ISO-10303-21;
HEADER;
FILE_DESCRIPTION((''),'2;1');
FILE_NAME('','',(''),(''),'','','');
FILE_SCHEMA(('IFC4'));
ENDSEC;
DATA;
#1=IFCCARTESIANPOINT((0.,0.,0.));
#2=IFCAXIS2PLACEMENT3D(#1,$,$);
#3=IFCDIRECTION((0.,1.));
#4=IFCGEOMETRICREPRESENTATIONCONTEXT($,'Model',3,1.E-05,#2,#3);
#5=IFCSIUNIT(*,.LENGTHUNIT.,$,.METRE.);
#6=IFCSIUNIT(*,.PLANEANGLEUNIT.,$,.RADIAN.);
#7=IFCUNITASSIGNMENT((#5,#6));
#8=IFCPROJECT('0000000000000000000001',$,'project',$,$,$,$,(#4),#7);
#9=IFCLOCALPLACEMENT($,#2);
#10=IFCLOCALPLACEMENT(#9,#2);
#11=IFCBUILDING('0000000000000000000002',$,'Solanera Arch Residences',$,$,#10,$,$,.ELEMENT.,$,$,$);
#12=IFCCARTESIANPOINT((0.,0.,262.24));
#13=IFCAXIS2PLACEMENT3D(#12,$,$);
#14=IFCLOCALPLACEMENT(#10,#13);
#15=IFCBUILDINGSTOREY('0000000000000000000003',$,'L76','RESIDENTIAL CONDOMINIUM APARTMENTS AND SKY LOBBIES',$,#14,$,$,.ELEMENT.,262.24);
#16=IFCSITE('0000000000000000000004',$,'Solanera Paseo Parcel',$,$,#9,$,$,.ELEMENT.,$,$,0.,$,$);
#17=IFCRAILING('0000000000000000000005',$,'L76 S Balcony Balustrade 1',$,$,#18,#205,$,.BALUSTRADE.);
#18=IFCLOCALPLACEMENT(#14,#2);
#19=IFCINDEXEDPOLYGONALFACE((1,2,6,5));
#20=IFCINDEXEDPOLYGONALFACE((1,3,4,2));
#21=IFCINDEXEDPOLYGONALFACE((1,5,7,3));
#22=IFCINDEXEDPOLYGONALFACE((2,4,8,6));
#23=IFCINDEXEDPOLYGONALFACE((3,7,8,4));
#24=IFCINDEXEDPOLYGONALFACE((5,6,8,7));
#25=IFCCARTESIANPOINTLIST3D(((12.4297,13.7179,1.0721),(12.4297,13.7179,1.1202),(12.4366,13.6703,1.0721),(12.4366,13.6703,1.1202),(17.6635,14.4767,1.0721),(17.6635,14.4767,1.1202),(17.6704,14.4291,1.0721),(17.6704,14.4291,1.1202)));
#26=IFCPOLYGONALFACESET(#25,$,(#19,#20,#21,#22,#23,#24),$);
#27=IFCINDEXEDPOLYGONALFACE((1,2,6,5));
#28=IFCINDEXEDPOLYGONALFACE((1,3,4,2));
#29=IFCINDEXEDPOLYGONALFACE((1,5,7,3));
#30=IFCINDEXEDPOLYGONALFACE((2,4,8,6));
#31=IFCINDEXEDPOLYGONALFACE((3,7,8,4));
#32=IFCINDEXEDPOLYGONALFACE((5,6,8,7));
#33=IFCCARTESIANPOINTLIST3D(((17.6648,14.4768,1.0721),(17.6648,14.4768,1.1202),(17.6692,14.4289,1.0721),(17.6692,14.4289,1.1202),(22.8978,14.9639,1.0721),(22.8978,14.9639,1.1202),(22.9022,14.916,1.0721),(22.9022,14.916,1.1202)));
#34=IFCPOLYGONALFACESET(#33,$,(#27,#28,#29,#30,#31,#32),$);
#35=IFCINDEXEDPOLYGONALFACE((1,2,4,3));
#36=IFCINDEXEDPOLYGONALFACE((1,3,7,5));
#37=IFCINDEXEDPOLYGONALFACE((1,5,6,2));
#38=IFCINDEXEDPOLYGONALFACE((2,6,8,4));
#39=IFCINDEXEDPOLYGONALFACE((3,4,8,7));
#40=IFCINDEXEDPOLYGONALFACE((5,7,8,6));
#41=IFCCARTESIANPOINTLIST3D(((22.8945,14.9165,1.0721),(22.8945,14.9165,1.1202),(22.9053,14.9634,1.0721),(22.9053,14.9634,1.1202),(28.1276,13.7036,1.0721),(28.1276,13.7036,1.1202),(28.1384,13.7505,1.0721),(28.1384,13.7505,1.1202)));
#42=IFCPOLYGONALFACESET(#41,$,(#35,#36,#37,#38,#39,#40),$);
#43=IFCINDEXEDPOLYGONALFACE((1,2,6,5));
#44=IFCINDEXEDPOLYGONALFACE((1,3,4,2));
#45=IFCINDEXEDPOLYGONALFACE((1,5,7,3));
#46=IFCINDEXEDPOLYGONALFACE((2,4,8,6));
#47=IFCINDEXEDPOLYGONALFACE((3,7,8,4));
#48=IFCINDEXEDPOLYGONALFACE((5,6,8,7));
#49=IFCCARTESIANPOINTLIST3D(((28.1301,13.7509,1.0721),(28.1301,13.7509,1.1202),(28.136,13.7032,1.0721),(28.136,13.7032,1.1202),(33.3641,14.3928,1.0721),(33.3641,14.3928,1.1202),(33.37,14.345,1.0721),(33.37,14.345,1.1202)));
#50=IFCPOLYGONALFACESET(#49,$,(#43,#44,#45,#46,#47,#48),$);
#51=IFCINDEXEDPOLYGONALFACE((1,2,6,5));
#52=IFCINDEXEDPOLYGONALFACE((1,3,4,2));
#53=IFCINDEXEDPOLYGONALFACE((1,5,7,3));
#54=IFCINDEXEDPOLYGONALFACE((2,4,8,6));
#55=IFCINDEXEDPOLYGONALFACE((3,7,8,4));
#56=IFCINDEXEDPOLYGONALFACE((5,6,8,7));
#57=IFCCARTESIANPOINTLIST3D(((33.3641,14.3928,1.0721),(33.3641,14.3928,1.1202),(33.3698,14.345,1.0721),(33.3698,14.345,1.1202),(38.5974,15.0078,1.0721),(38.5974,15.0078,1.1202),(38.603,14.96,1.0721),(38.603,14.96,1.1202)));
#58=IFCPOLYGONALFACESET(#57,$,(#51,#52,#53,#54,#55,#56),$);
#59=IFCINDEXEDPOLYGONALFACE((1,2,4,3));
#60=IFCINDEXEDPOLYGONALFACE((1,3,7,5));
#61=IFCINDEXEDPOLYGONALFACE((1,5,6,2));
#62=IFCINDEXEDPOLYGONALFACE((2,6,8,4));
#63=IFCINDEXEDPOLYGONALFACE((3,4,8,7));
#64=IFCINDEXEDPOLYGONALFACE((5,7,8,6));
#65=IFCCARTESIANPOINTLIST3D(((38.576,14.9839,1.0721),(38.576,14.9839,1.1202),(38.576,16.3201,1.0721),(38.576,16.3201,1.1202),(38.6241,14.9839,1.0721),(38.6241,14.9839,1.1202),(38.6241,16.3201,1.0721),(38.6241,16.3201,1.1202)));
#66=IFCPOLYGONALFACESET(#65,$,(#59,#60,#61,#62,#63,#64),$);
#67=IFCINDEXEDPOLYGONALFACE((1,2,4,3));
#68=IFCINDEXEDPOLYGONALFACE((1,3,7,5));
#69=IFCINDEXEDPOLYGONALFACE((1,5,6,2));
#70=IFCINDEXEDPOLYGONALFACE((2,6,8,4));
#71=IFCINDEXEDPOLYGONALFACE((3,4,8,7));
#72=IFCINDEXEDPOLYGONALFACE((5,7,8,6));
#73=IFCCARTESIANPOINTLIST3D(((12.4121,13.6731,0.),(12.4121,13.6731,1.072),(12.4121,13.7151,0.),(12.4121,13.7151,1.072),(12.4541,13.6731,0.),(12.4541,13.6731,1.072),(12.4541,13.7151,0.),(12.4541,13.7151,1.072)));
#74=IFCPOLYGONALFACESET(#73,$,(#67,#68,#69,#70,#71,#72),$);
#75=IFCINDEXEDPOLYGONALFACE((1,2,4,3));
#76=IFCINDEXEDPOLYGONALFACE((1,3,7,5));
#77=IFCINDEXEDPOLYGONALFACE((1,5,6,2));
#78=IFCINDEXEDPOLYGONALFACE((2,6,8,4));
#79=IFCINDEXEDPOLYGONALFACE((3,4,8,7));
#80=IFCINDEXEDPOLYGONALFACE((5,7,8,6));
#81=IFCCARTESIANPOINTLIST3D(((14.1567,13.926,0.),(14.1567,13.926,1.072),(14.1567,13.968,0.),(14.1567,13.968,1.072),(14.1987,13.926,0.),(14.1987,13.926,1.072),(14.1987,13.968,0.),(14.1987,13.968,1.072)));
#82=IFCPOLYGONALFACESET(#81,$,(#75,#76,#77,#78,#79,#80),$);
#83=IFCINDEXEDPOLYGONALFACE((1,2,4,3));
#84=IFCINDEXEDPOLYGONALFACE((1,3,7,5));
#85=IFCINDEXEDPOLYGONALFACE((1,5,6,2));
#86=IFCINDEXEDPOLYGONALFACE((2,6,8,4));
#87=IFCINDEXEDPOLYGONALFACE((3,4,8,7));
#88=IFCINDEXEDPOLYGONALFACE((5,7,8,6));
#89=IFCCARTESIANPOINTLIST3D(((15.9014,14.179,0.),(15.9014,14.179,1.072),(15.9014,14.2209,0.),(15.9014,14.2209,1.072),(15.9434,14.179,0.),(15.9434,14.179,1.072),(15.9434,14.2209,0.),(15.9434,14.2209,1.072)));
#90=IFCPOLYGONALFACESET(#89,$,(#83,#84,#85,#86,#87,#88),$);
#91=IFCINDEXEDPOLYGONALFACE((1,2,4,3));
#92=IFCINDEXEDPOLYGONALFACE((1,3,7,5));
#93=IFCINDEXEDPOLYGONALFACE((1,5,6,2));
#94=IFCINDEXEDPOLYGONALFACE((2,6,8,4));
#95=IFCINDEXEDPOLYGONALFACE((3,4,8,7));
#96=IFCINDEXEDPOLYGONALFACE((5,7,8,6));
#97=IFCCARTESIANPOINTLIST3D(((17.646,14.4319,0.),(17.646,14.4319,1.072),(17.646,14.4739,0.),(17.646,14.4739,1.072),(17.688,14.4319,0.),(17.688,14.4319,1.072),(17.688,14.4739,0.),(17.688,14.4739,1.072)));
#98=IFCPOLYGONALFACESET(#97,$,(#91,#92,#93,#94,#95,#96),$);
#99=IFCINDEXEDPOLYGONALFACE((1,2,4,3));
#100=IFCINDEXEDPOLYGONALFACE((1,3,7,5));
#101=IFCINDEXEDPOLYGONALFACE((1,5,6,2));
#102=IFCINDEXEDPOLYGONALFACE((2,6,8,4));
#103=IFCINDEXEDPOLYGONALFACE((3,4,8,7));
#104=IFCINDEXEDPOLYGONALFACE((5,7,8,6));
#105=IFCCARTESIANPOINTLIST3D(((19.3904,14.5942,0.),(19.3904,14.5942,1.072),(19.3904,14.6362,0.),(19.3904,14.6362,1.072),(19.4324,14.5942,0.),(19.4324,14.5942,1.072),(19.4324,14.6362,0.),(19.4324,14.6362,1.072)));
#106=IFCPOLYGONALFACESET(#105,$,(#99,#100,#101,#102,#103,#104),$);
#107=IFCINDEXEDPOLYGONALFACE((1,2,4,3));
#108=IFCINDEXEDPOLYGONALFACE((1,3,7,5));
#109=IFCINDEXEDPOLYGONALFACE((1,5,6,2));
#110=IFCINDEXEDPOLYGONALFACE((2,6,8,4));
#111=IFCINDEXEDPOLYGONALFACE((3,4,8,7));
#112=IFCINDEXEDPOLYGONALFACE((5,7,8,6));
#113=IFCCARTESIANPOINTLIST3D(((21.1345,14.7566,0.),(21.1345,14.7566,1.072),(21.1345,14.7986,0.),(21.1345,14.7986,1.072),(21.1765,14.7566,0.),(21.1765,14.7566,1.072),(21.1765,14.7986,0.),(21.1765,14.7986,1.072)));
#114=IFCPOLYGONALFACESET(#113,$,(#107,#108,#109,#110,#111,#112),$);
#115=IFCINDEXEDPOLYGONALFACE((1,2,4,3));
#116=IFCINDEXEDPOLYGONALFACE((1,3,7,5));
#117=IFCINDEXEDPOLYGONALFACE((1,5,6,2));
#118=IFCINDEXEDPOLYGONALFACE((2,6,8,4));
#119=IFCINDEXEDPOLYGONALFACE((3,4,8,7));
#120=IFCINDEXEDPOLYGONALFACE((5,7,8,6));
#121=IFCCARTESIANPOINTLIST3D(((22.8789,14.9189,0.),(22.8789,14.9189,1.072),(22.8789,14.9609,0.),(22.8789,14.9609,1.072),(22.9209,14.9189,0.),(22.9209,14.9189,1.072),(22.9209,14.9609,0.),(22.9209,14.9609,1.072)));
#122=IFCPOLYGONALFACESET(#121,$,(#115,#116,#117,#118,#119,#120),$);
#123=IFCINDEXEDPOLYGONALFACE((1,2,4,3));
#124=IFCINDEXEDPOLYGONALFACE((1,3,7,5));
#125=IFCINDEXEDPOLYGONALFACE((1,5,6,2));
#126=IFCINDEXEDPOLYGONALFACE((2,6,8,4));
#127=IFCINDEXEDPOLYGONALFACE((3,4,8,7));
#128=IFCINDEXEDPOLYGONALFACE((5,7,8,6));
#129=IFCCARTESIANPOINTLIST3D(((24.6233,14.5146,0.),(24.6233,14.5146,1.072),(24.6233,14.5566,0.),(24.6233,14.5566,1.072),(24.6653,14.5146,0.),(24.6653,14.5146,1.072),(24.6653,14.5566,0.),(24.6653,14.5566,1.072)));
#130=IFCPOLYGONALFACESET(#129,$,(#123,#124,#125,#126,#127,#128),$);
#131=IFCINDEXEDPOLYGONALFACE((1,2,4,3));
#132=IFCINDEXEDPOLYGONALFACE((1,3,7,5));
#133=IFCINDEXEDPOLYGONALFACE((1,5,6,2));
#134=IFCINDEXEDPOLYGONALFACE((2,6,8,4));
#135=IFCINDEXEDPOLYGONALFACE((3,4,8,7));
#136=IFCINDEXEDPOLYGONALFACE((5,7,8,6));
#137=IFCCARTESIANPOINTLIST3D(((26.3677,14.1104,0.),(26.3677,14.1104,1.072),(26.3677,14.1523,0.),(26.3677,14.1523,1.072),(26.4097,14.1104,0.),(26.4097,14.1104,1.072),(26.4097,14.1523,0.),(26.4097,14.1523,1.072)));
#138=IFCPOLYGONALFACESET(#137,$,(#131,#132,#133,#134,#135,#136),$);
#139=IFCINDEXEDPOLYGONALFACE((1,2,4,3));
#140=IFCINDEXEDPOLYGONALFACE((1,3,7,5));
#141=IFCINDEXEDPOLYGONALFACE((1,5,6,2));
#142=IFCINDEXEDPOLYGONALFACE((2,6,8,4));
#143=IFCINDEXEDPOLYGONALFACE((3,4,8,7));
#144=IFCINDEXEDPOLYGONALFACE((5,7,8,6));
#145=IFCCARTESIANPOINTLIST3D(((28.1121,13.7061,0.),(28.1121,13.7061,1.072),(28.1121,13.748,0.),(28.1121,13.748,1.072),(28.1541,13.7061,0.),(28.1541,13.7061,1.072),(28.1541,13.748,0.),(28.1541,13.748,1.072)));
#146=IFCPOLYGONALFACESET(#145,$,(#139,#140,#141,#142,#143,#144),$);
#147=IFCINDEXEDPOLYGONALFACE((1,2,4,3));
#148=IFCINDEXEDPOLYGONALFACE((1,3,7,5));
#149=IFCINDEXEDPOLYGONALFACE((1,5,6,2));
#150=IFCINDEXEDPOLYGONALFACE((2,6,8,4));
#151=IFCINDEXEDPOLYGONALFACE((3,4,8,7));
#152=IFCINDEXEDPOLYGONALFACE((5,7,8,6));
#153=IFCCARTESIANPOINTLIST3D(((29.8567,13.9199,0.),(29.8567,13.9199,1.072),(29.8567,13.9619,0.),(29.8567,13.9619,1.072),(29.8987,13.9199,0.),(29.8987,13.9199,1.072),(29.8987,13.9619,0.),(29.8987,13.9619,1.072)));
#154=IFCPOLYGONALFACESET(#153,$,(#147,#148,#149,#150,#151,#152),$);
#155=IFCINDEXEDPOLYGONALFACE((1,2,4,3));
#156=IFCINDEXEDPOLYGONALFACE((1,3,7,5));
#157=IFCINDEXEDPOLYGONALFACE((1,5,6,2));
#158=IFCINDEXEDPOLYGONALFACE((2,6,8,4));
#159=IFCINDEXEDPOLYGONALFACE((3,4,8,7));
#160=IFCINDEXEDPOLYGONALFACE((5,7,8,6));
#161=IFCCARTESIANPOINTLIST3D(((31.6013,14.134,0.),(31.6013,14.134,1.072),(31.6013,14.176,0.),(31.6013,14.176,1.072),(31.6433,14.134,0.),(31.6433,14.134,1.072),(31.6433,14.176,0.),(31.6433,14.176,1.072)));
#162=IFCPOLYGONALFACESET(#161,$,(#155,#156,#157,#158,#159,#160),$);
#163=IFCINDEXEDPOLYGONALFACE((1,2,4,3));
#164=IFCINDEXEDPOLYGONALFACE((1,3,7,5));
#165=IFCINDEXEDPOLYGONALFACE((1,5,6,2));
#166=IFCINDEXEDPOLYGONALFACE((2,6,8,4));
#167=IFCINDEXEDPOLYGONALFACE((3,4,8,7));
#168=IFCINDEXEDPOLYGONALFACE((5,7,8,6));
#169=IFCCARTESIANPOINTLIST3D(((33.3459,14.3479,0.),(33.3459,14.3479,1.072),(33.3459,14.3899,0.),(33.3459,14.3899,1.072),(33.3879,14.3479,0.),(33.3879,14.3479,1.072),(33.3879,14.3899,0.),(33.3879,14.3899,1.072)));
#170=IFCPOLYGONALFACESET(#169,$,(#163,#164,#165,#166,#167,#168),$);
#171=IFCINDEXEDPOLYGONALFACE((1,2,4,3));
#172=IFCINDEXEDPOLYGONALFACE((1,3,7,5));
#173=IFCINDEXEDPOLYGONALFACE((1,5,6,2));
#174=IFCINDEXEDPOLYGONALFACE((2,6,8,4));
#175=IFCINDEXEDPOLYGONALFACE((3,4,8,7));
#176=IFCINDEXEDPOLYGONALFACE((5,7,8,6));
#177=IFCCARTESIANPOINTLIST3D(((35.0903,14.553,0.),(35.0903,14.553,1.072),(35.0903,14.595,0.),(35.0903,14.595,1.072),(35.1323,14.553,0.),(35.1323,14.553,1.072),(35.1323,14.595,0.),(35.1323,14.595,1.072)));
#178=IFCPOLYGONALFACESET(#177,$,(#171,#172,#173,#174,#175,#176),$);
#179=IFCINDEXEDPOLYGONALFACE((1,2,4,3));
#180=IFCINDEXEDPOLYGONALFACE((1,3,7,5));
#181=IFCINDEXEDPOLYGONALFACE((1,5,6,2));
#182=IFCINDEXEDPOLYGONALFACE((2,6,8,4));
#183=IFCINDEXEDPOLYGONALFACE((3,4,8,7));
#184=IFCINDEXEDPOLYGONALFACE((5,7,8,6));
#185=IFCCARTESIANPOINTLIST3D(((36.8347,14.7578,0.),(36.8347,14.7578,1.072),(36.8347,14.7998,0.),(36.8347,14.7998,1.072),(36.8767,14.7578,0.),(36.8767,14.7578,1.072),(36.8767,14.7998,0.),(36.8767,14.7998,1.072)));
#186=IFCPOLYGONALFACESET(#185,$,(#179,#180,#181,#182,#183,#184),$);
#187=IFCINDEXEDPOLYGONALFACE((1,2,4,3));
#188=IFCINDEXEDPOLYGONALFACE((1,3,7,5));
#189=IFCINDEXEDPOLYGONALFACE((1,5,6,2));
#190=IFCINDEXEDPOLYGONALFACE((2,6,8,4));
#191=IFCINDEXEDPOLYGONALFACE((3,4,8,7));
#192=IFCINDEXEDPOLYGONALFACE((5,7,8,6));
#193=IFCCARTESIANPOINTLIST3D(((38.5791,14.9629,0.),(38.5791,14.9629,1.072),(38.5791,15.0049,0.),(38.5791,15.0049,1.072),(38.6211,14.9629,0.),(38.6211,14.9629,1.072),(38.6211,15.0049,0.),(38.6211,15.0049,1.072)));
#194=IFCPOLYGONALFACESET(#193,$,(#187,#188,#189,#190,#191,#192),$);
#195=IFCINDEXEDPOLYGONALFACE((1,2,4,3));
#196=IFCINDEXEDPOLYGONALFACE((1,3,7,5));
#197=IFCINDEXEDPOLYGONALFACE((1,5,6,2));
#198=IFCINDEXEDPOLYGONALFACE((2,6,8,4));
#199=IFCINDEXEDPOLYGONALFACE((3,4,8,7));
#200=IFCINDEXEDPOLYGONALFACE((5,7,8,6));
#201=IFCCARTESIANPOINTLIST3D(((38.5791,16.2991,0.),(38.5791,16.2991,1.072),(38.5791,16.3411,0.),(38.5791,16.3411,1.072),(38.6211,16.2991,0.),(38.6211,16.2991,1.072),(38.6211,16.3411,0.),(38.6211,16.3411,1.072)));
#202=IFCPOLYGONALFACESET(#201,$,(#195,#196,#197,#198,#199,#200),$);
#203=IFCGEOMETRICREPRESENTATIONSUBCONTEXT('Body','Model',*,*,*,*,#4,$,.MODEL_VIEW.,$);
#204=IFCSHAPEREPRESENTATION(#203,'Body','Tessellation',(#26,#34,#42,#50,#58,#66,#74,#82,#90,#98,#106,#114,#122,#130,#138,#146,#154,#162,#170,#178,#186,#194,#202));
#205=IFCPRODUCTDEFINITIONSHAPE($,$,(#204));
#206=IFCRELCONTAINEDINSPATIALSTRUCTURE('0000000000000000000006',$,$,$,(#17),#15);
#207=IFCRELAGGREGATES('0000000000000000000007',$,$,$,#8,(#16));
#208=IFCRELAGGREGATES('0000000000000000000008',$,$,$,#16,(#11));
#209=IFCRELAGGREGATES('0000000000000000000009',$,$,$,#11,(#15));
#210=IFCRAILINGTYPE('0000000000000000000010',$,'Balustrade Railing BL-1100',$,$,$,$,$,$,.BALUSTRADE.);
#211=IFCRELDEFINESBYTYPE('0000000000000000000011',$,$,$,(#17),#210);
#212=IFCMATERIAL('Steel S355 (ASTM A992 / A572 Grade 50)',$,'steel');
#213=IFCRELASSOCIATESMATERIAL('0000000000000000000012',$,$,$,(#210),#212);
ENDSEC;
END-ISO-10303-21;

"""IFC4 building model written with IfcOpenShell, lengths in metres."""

from ifc_helpers import new_model, si_unit, direction, frame, origin, origin_2d, place, context, subcontext, project, spatial, rectangle, extrude, material, type_object, element, save


model = new_model("IFC4")

# Units and contexts
model_context = context("Model", 3, precision=1e-05, world=origin(), true_north=direction((0.0, 1.0)))
body_context = subcontext(model_context, "Body", "Model", "MODEL_VIEW")
ifc_project = project(units=[si_unit("LENGTHUNIT", "METRE"), si_unit("PLANEANGLEUNIT", "RADIAN")], contexts=[model_context])

# Site, building, storey
site_placement = place(None, origin())
site = spatial("IfcSite", under=ifc_project, at=site_placement, Name="Solanera Paseo Parcel", CompositionType="ELEMENT", RefElevation=0.0)
building_placement = place(site_placement, origin())
building = spatial("IfcBuilding", under=site, at=building_placement, Name="Solanera Arch Residences", CompositionType="ELEMENT")
storey_placement = place(building_placement, frame((0.0, 0.0, 262.24)))
storey = spatial("IfcBuildingStorey", under=building, at=storey_placement, Name="L76", Description="RESIDENTIAL CONDOMINIUM APARTMENTS AND SKY LOBBIES", CompositionType="ELEMENT", Elevation=262.24)

# Railing
ifc_material_1 = material(Name="Steel S355 (ASTM A992 / A572 Grade 50)", Category="steel")
railing_type = type_object("IfcRailingType", Name="Balustrade Railing BL-1100", PredefinedType="BALUSTRADE", material=ifc_material_1)
railing_placement = place(storey_placement, frame((12.4331, 13.6941, 0.0)))
element("IfcRailing", 1, at=railing_placement, inside=storey, type_object=railing_type, Name="L76 S Balcony Balustrade 1", PredefinedType="BALUSTRADE", context=body_context, shape_type="SweptSolid", body=[
    extrude(rectangle(XDim=0.0481, YDim=0.0481, at=origin_2d()), frame((0.0, 0.0, 1.0962), z_axis=(0.989654, 0.143476, 0.0), x_axis=(-0.143476, 0.989654, 0.0)), (0.0, 0.0, 1.0), 5.2886),
    extrude(rectangle(XDim=0.0481, YDim=0.0481, at=origin_2d()), frame((5.2339, 0.7588, 1.0962), z_axis=(0.995696, 0.092676, 0.0), x_axis=(-0.092676, 0.995696, 0.0)), (0.0, 0.0, 1.0), 5.2556),
    extrude(rectangle(XDim=0.0481, YDim=0.0481, at=origin_2d()), frame((10.4668, 1.2458, 1.0962), z_axis=(0.974177, -0.225785, 0.0), x_axis=(0.225785, 0.974177, 0.0)), (0.0, 0.0, 1.0), 5.3718),
    extrude(rectangle(XDim=0.0481, YDim=0.0481, at=origin_2d()), frame((15.7, 0.033, 1.0962), z_axis=(0.992564, 0.121721, 0.0), x_axis=(-0.121721, 0.992564, 0.0)), (0.0, 0.0, 1.0), 5.2732),
    extrude(rectangle(XDim=0.0481, YDim=0.0481, at=origin_2d()), frame((20.9338, 0.6748, 1.0962), z_axis=(0.993165, 0.116715, 0.0), x_axis=(-0.116715, 0.993165, 0.0)), (0.0, 0.0, 1.0), 5.2693),
    extrude(rectangle(XDim=0.0481, YDim=0.0481, at=origin_2d()), frame((26.167, 1.2898, 1.0962), z_axis=(0.0, 1.0, 0.0), x_axis=(-1.0, 0.0, 0.0)), (0.0, 0.0, 1.0), 1.3362),
    extrude(rectangle(XDim=0.042, YDim=0.042, at=origin_2d()), origin(), (0.0, 0.0, 1.0), 1.072),
    extrude(rectangle(XDim=0.042, YDim=0.042, at=origin_2d()), frame((1.7446, 0.2529, 0.0)), (0.0, 0.0, 1.0), 1.072),
    extrude(rectangle(XDim=0.042, YDim=0.042, at=origin_2d()), frame((3.4893, 0.5059, 0.0)), (0.0, 0.0, 1.0), 1.072),
    extrude(rectangle(XDim=0.042, YDim=0.042, at=origin_2d()), frame((5.2339, 0.7588, 0.0)), (0.0, 0.0, 1.0), 1.072),
    extrude(rectangle(XDim=0.042, YDim=0.042, at=origin_2d()), frame((6.9783, 0.9211, 0.0)), (0.0, 0.0, 1.0), 1.072),
    extrude(rectangle(XDim=0.042, YDim=0.042, at=origin_2d()), frame((8.7224, 1.0835, 0.0)), (0.0, 0.0, 1.0), 1.072),
    extrude(rectangle(XDim=0.042, YDim=0.042, at=origin_2d()), frame((10.4668, 1.2458, 0.0)), (0.0, 0.0, 1.0), 1.072),
    extrude(rectangle(XDim=0.042, YDim=0.042, at=origin_2d()), frame((12.2112, 0.8416, 0.0)), (0.0, 0.0, 1.0), 1.072),
    extrude(rectangle(XDim=0.042, YDim=0.042, at=origin_2d()), frame((13.9556, 0.4373, 0.0)), (0.0, 0.0, 1.0), 1.072),
    extrude(rectangle(XDim=0.042, YDim=0.042, at=origin_2d()), frame((15.7, 0.033, 0.0)), (0.0, 0.0, 1.0), 1.072),
    extrude(rectangle(XDim=0.042, YDim=0.042, at=origin_2d()), frame((17.4446, 0.2468, 0.0)), (0.0, 0.0, 1.0), 1.072),
    extrude(rectangle(XDim=0.042, YDim=0.042, at=origin_2d()), frame((19.1892, 0.4609, 0.0)), (0.0, 0.0, 1.0), 1.072),
    extrude(rectangle(XDim=0.042, YDim=0.042, at=origin_2d()), frame((20.9338, 0.6748, 0.0)), (0.0, 0.0, 1.0), 1.072),
    extrude(rectangle(XDim=0.042, YDim=0.042, at=origin_2d()), frame((22.6782, 0.8799, 0.0)), (0.0, 0.0, 1.0), 1.072),
    extrude(rectangle(XDim=0.042, YDim=0.042, at=origin_2d()), frame((24.4226, 1.0847, 0.0)), (0.0, 0.0, 1.0), 1.072),
    extrude(rectangle(XDim=0.042, YDim=0.042, at=origin_2d()), frame((26.167, 1.2898, 0.0)), (0.0, 0.0, 1.0), 1.072),
    extrude(rectangle(XDim=0.042, YDim=0.042, at=origin_2d()), frame((26.167, 2.626, 0.0)), (0.0, 0.0, 1.0), 1.072),
])

save(model, "model.ifc")
